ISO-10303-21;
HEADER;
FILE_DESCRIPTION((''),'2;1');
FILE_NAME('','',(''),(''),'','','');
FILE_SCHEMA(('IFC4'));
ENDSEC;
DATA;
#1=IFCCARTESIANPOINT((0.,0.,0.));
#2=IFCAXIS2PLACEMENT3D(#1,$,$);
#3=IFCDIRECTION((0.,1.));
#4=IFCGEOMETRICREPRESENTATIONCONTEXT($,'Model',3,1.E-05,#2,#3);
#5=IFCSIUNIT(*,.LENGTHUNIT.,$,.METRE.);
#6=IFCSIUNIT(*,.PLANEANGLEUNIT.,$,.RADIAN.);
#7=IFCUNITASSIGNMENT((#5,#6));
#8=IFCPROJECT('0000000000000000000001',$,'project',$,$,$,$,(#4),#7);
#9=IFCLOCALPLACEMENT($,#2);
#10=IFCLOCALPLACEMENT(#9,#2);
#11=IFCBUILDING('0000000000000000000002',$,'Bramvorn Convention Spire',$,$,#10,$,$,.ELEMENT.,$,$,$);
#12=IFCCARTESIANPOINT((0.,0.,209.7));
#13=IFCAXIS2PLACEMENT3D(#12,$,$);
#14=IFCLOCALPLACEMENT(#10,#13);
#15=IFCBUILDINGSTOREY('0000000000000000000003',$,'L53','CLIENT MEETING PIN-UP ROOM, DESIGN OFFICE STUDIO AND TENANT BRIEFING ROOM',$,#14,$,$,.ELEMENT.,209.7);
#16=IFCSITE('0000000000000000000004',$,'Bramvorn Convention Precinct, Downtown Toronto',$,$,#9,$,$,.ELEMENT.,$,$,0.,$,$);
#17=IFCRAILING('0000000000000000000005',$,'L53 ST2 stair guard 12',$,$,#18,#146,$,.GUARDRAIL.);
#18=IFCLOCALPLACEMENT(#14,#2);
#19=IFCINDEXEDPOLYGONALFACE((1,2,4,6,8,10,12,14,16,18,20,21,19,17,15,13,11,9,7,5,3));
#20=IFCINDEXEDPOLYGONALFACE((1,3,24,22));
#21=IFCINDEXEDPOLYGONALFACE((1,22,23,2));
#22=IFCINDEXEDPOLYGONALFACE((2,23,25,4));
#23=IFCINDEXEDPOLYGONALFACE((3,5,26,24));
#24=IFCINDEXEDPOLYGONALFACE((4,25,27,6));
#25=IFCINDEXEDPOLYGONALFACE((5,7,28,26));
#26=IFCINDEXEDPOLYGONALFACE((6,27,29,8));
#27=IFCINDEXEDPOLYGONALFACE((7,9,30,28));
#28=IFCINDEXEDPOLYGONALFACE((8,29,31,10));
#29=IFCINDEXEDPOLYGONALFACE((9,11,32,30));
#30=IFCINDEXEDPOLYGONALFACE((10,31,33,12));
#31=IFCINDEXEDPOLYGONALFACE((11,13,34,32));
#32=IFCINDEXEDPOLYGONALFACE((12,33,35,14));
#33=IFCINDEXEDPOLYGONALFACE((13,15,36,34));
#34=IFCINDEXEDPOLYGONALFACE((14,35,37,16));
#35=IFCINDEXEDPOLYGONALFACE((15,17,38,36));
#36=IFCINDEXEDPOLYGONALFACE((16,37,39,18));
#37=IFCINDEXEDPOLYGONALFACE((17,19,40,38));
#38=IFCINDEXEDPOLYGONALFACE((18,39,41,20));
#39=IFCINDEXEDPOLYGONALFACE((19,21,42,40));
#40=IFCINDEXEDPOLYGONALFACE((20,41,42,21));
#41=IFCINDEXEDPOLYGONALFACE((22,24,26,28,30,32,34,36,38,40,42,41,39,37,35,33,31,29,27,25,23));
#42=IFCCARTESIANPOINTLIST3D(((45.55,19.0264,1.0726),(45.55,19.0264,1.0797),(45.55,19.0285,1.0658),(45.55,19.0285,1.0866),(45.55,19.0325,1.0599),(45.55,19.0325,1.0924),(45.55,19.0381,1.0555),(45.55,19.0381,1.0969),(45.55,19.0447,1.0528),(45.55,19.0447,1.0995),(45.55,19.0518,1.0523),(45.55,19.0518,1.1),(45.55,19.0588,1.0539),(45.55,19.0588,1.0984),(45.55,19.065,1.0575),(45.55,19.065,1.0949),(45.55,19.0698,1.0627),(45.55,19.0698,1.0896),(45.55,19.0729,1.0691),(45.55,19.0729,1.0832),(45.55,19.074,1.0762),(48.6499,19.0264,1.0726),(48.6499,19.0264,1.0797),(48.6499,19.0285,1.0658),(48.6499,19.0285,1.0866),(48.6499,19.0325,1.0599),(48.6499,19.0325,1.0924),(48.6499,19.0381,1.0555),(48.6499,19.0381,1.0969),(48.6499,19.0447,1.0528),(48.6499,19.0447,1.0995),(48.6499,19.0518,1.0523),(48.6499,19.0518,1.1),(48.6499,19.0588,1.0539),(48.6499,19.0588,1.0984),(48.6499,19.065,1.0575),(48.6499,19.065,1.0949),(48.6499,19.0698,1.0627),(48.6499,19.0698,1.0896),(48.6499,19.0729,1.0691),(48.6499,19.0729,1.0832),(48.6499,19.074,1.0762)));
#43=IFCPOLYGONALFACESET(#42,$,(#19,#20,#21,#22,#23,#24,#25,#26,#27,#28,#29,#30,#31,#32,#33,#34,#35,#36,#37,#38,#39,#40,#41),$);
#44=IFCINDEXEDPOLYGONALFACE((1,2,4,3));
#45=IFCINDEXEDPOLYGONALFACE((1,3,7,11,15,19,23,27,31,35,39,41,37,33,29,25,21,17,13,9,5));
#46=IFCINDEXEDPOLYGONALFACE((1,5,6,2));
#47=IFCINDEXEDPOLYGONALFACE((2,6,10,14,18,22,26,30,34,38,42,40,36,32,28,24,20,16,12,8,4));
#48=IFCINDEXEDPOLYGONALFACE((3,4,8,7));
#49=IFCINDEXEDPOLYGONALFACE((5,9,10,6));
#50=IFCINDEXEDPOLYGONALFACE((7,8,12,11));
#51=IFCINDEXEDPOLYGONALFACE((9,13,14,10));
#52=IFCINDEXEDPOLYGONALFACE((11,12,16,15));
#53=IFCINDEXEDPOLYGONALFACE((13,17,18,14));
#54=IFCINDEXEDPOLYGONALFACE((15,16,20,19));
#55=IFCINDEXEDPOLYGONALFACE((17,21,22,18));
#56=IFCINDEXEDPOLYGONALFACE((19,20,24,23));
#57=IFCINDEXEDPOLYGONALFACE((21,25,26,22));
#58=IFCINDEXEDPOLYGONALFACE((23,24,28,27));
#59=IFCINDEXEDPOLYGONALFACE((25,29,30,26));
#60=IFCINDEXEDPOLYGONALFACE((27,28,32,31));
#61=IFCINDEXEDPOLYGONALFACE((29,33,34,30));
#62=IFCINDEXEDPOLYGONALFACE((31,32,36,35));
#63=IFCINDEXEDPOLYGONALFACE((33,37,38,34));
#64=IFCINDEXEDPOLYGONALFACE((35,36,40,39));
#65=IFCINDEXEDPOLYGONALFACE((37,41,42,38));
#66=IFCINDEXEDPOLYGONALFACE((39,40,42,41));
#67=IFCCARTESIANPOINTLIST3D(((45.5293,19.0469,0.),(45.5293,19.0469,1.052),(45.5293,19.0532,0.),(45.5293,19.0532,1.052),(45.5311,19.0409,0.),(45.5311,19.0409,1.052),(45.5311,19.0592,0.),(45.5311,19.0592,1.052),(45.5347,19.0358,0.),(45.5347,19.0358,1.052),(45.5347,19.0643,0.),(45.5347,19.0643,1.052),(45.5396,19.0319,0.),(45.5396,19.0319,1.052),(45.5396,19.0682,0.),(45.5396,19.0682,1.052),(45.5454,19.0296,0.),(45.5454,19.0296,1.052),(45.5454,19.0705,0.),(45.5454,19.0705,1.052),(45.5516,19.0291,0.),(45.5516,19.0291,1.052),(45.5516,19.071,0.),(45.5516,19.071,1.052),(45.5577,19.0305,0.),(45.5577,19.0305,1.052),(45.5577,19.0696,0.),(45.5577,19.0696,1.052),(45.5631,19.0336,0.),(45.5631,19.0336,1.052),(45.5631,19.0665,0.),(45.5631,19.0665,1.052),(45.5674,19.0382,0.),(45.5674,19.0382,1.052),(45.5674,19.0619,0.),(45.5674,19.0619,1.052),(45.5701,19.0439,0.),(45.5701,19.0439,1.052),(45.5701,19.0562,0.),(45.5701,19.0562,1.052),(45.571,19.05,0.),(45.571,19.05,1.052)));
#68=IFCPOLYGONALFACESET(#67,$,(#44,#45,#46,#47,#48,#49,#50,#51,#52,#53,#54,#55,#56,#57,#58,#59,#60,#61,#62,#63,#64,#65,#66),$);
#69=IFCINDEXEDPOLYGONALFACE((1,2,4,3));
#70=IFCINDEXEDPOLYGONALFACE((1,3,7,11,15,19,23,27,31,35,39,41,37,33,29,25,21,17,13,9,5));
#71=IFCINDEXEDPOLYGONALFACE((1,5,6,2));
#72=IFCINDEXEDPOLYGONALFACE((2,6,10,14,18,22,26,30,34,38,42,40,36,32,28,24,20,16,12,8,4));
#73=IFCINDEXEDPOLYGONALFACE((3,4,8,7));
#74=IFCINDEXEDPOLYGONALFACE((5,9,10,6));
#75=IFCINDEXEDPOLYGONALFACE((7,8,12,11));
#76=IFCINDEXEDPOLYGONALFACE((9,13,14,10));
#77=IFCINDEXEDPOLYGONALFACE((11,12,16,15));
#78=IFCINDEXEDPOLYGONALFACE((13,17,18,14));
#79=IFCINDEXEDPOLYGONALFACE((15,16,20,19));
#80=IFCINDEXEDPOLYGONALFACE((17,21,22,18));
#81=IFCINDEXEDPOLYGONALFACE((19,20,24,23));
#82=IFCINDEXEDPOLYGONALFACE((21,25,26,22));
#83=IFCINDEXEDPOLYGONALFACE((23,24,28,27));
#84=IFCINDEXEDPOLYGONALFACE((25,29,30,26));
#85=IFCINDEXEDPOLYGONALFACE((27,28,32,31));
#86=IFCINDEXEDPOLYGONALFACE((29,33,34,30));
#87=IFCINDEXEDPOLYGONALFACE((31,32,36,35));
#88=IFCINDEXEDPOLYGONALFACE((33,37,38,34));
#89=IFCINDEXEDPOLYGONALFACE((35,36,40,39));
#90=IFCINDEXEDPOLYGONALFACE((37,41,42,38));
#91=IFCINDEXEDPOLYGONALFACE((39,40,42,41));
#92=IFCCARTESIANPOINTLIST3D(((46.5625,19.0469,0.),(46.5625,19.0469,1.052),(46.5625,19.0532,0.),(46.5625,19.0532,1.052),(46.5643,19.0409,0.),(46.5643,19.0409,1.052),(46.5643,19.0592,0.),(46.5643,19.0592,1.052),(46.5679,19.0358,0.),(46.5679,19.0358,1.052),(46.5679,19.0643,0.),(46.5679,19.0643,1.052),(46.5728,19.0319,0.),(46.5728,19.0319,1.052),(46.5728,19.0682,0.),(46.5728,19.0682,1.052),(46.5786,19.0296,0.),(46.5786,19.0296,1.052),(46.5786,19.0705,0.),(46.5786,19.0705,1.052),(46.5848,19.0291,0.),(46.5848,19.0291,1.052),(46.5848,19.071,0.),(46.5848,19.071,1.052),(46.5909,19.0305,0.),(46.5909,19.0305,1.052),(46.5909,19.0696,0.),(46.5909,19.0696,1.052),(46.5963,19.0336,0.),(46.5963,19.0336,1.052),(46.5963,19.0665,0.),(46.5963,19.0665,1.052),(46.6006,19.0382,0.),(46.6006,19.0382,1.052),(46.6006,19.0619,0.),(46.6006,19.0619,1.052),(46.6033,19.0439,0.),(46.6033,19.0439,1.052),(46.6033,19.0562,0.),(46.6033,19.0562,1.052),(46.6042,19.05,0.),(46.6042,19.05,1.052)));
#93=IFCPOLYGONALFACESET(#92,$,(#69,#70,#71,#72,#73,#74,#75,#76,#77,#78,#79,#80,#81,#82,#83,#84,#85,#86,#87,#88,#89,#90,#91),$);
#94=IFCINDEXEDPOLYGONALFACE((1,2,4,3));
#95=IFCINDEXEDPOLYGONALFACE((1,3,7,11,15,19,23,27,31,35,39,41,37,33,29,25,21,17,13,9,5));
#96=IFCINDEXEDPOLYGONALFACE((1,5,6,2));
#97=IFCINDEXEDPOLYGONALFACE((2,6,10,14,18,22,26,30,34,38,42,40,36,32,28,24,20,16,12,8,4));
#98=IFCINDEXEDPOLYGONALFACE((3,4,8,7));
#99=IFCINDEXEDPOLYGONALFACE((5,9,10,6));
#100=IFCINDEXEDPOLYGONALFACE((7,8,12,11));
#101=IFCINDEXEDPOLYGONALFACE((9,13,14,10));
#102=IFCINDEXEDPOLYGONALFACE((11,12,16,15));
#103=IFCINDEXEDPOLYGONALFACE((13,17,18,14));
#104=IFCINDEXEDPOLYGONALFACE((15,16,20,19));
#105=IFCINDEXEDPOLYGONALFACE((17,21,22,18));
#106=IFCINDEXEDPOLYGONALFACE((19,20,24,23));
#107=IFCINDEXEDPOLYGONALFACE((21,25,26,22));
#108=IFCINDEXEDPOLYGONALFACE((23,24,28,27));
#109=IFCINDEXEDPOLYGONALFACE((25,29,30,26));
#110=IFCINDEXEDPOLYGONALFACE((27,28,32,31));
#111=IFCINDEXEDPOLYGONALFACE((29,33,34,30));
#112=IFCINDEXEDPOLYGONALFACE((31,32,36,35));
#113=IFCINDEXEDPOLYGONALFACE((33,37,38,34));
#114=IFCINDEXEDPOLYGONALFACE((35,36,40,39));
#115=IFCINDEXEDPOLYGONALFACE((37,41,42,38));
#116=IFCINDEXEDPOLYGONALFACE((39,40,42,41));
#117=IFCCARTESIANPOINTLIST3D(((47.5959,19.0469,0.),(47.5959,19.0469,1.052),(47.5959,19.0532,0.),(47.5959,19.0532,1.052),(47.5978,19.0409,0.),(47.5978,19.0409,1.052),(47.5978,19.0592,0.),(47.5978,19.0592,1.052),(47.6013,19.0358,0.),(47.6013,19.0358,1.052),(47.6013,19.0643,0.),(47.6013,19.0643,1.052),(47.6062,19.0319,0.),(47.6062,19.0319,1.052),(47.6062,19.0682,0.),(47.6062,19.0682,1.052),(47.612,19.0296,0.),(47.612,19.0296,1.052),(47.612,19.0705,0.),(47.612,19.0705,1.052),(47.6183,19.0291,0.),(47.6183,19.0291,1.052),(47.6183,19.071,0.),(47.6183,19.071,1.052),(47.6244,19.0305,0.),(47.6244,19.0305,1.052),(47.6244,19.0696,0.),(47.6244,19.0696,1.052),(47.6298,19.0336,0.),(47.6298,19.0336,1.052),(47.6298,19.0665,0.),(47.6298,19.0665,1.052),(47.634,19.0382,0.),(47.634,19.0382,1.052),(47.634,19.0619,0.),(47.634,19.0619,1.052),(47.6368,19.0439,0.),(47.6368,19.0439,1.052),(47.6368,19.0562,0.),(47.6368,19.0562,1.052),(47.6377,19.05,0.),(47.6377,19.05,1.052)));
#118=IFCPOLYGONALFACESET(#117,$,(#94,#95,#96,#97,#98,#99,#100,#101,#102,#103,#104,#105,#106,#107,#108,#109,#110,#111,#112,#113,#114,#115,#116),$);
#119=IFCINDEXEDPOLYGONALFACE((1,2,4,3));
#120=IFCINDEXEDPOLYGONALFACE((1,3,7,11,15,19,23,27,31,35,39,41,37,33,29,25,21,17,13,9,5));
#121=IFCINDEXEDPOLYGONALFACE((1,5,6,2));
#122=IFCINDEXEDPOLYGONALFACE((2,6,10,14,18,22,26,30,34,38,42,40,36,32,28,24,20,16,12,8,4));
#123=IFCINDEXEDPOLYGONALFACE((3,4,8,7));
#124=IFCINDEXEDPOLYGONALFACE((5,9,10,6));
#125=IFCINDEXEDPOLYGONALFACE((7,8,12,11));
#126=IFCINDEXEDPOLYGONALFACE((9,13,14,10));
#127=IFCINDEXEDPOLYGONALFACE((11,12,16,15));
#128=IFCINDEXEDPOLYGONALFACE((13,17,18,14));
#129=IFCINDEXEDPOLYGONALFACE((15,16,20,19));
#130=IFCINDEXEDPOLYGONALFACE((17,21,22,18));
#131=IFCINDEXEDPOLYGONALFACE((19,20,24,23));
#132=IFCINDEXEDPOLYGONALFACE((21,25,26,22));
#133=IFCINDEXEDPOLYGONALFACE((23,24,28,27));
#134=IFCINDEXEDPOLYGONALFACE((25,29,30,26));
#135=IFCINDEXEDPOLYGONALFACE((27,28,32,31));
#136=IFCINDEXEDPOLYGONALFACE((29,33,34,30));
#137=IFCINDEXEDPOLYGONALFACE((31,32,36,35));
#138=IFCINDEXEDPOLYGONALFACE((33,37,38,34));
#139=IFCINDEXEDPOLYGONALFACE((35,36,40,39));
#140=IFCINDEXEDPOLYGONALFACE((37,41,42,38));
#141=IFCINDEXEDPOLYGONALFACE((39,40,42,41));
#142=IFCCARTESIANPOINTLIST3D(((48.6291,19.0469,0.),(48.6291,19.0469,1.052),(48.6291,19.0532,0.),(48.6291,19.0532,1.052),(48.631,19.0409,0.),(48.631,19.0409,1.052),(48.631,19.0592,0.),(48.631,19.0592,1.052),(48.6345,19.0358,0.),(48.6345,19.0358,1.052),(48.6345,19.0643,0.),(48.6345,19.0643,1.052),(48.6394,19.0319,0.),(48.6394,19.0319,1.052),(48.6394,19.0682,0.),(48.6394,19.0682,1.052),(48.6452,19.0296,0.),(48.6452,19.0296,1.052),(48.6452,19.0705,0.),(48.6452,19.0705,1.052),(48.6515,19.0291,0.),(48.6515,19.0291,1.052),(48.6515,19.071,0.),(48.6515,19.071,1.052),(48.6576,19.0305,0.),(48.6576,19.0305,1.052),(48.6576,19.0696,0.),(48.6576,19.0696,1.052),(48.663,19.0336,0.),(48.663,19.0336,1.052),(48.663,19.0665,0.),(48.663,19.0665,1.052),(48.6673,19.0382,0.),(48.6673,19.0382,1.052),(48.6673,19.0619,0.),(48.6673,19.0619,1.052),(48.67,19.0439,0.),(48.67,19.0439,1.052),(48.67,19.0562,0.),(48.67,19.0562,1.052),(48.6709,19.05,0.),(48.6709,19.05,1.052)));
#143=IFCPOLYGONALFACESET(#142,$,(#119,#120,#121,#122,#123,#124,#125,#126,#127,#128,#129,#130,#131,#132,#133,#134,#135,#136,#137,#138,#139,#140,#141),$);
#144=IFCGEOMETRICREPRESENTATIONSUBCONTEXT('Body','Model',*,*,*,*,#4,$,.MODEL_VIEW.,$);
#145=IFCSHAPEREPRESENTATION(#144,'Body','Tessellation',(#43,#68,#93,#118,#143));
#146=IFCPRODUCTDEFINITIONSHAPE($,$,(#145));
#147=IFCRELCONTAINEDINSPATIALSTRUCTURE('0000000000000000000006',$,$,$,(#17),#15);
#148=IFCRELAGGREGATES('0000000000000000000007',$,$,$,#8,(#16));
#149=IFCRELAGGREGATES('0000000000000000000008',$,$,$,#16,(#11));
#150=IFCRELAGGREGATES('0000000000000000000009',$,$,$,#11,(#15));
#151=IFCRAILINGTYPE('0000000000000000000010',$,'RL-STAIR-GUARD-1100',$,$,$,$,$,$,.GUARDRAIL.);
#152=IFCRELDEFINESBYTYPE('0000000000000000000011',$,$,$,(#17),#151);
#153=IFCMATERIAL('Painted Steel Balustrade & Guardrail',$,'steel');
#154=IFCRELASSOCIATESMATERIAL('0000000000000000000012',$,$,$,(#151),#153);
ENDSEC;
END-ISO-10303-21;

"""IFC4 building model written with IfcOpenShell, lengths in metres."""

from ifc_helpers import new_model, si_unit, direction, frame, origin, origin_2d, place, context, subcontext, project, spatial, circle, extrude, material, type_object, element, save


model = new_model("IFC4")

# Units and contexts
model_context = context("Model", 3, precision=1e-05, world=origin(), true_north=direction((0.0, 1.0)))
body_context = subcontext(model_context, "Body", "Model", "MODEL_VIEW")
ifc_project = project(units=[si_unit("LENGTHUNIT", "METRE"), si_unit("PLANEANGLEUNIT", "RADIAN")], contexts=[model_context])

# Site, building, storey
site_placement = place(None, origin())
site = spatial("IfcSite", under=ifc_project, at=site_placement, Name="Bramvorn Convention Precinct, Downtown Toronto", CompositionType="ELEMENT", RefElevation=0.0)
building_placement = place(site_placement, origin())
building = spatial("IfcBuilding", under=site, at=building_placement, Name="Bramvorn Convention Spire", CompositionType="ELEMENT")
storey_placement = place(building_placement, frame((0.0, 0.0, 209.7)))
storey = spatial("IfcBuildingStorey", under=building, at=storey_placement, Name="L53", Description="CLIENT MEETING PIN-UP ROOM, DESIGN OFFICE STUDIO AND TENANT BRIEFING ROOM", CompositionType="ELEMENT", Elevation=209.7)

# Railing
ifc_material_1 = material(Name="Painted Steel Balustrade & Guardrail", Category="steel")
railing_type = type_object("IfcRailingType", Name="RL-STAIR-GUARD-1100", PredefinedType="GUARDRAIL", material=ifc_material_1)
railing_1_placement = place(storey_placement, frame((45.55, 19.05, 0.0)))
element("IfcRailing", 1, at=railing_1_placement, inside=storey, type_object=railing_type, Name="L53 ST2 stair guard 12", PredefinedType="GUARDRAIL", context=body_context, shape_type="SweptSolid", body=[
    extrude(circle(Radius=0.0239, at=origin_2d()), frame((0.0, 0.0, 1.0762), z_axis=(1.0, 0.0, 0.0), x_axis=(0.0, 1.0, 0.0)), (0.0, 0.0, 1.0), 3.0999),
    extrude(circle(Radius=0.021, at=origin_2d()), origin(), (0.0, 0.0, 1.0), 1.052),
    extrude(circle(Radius=0.021, at=origin_2d()), frame((1.0332, 0.0, 0.0)), (0.0, 0.0, 1.0), 1.052),
    extrude(circle(Radius=0.021, at=origin_2d()), frame((2.0667, 0.0, 0.0)), (0.0, 0.0, 1.0), 1.052),
    extrude(circle(Radius=0.021, at=origin_2d()), frame((3.0999, 0.0, 0.0)), (0.0, 0.0, 1.0), 1.052),
])

save(model, "model.ifc")
